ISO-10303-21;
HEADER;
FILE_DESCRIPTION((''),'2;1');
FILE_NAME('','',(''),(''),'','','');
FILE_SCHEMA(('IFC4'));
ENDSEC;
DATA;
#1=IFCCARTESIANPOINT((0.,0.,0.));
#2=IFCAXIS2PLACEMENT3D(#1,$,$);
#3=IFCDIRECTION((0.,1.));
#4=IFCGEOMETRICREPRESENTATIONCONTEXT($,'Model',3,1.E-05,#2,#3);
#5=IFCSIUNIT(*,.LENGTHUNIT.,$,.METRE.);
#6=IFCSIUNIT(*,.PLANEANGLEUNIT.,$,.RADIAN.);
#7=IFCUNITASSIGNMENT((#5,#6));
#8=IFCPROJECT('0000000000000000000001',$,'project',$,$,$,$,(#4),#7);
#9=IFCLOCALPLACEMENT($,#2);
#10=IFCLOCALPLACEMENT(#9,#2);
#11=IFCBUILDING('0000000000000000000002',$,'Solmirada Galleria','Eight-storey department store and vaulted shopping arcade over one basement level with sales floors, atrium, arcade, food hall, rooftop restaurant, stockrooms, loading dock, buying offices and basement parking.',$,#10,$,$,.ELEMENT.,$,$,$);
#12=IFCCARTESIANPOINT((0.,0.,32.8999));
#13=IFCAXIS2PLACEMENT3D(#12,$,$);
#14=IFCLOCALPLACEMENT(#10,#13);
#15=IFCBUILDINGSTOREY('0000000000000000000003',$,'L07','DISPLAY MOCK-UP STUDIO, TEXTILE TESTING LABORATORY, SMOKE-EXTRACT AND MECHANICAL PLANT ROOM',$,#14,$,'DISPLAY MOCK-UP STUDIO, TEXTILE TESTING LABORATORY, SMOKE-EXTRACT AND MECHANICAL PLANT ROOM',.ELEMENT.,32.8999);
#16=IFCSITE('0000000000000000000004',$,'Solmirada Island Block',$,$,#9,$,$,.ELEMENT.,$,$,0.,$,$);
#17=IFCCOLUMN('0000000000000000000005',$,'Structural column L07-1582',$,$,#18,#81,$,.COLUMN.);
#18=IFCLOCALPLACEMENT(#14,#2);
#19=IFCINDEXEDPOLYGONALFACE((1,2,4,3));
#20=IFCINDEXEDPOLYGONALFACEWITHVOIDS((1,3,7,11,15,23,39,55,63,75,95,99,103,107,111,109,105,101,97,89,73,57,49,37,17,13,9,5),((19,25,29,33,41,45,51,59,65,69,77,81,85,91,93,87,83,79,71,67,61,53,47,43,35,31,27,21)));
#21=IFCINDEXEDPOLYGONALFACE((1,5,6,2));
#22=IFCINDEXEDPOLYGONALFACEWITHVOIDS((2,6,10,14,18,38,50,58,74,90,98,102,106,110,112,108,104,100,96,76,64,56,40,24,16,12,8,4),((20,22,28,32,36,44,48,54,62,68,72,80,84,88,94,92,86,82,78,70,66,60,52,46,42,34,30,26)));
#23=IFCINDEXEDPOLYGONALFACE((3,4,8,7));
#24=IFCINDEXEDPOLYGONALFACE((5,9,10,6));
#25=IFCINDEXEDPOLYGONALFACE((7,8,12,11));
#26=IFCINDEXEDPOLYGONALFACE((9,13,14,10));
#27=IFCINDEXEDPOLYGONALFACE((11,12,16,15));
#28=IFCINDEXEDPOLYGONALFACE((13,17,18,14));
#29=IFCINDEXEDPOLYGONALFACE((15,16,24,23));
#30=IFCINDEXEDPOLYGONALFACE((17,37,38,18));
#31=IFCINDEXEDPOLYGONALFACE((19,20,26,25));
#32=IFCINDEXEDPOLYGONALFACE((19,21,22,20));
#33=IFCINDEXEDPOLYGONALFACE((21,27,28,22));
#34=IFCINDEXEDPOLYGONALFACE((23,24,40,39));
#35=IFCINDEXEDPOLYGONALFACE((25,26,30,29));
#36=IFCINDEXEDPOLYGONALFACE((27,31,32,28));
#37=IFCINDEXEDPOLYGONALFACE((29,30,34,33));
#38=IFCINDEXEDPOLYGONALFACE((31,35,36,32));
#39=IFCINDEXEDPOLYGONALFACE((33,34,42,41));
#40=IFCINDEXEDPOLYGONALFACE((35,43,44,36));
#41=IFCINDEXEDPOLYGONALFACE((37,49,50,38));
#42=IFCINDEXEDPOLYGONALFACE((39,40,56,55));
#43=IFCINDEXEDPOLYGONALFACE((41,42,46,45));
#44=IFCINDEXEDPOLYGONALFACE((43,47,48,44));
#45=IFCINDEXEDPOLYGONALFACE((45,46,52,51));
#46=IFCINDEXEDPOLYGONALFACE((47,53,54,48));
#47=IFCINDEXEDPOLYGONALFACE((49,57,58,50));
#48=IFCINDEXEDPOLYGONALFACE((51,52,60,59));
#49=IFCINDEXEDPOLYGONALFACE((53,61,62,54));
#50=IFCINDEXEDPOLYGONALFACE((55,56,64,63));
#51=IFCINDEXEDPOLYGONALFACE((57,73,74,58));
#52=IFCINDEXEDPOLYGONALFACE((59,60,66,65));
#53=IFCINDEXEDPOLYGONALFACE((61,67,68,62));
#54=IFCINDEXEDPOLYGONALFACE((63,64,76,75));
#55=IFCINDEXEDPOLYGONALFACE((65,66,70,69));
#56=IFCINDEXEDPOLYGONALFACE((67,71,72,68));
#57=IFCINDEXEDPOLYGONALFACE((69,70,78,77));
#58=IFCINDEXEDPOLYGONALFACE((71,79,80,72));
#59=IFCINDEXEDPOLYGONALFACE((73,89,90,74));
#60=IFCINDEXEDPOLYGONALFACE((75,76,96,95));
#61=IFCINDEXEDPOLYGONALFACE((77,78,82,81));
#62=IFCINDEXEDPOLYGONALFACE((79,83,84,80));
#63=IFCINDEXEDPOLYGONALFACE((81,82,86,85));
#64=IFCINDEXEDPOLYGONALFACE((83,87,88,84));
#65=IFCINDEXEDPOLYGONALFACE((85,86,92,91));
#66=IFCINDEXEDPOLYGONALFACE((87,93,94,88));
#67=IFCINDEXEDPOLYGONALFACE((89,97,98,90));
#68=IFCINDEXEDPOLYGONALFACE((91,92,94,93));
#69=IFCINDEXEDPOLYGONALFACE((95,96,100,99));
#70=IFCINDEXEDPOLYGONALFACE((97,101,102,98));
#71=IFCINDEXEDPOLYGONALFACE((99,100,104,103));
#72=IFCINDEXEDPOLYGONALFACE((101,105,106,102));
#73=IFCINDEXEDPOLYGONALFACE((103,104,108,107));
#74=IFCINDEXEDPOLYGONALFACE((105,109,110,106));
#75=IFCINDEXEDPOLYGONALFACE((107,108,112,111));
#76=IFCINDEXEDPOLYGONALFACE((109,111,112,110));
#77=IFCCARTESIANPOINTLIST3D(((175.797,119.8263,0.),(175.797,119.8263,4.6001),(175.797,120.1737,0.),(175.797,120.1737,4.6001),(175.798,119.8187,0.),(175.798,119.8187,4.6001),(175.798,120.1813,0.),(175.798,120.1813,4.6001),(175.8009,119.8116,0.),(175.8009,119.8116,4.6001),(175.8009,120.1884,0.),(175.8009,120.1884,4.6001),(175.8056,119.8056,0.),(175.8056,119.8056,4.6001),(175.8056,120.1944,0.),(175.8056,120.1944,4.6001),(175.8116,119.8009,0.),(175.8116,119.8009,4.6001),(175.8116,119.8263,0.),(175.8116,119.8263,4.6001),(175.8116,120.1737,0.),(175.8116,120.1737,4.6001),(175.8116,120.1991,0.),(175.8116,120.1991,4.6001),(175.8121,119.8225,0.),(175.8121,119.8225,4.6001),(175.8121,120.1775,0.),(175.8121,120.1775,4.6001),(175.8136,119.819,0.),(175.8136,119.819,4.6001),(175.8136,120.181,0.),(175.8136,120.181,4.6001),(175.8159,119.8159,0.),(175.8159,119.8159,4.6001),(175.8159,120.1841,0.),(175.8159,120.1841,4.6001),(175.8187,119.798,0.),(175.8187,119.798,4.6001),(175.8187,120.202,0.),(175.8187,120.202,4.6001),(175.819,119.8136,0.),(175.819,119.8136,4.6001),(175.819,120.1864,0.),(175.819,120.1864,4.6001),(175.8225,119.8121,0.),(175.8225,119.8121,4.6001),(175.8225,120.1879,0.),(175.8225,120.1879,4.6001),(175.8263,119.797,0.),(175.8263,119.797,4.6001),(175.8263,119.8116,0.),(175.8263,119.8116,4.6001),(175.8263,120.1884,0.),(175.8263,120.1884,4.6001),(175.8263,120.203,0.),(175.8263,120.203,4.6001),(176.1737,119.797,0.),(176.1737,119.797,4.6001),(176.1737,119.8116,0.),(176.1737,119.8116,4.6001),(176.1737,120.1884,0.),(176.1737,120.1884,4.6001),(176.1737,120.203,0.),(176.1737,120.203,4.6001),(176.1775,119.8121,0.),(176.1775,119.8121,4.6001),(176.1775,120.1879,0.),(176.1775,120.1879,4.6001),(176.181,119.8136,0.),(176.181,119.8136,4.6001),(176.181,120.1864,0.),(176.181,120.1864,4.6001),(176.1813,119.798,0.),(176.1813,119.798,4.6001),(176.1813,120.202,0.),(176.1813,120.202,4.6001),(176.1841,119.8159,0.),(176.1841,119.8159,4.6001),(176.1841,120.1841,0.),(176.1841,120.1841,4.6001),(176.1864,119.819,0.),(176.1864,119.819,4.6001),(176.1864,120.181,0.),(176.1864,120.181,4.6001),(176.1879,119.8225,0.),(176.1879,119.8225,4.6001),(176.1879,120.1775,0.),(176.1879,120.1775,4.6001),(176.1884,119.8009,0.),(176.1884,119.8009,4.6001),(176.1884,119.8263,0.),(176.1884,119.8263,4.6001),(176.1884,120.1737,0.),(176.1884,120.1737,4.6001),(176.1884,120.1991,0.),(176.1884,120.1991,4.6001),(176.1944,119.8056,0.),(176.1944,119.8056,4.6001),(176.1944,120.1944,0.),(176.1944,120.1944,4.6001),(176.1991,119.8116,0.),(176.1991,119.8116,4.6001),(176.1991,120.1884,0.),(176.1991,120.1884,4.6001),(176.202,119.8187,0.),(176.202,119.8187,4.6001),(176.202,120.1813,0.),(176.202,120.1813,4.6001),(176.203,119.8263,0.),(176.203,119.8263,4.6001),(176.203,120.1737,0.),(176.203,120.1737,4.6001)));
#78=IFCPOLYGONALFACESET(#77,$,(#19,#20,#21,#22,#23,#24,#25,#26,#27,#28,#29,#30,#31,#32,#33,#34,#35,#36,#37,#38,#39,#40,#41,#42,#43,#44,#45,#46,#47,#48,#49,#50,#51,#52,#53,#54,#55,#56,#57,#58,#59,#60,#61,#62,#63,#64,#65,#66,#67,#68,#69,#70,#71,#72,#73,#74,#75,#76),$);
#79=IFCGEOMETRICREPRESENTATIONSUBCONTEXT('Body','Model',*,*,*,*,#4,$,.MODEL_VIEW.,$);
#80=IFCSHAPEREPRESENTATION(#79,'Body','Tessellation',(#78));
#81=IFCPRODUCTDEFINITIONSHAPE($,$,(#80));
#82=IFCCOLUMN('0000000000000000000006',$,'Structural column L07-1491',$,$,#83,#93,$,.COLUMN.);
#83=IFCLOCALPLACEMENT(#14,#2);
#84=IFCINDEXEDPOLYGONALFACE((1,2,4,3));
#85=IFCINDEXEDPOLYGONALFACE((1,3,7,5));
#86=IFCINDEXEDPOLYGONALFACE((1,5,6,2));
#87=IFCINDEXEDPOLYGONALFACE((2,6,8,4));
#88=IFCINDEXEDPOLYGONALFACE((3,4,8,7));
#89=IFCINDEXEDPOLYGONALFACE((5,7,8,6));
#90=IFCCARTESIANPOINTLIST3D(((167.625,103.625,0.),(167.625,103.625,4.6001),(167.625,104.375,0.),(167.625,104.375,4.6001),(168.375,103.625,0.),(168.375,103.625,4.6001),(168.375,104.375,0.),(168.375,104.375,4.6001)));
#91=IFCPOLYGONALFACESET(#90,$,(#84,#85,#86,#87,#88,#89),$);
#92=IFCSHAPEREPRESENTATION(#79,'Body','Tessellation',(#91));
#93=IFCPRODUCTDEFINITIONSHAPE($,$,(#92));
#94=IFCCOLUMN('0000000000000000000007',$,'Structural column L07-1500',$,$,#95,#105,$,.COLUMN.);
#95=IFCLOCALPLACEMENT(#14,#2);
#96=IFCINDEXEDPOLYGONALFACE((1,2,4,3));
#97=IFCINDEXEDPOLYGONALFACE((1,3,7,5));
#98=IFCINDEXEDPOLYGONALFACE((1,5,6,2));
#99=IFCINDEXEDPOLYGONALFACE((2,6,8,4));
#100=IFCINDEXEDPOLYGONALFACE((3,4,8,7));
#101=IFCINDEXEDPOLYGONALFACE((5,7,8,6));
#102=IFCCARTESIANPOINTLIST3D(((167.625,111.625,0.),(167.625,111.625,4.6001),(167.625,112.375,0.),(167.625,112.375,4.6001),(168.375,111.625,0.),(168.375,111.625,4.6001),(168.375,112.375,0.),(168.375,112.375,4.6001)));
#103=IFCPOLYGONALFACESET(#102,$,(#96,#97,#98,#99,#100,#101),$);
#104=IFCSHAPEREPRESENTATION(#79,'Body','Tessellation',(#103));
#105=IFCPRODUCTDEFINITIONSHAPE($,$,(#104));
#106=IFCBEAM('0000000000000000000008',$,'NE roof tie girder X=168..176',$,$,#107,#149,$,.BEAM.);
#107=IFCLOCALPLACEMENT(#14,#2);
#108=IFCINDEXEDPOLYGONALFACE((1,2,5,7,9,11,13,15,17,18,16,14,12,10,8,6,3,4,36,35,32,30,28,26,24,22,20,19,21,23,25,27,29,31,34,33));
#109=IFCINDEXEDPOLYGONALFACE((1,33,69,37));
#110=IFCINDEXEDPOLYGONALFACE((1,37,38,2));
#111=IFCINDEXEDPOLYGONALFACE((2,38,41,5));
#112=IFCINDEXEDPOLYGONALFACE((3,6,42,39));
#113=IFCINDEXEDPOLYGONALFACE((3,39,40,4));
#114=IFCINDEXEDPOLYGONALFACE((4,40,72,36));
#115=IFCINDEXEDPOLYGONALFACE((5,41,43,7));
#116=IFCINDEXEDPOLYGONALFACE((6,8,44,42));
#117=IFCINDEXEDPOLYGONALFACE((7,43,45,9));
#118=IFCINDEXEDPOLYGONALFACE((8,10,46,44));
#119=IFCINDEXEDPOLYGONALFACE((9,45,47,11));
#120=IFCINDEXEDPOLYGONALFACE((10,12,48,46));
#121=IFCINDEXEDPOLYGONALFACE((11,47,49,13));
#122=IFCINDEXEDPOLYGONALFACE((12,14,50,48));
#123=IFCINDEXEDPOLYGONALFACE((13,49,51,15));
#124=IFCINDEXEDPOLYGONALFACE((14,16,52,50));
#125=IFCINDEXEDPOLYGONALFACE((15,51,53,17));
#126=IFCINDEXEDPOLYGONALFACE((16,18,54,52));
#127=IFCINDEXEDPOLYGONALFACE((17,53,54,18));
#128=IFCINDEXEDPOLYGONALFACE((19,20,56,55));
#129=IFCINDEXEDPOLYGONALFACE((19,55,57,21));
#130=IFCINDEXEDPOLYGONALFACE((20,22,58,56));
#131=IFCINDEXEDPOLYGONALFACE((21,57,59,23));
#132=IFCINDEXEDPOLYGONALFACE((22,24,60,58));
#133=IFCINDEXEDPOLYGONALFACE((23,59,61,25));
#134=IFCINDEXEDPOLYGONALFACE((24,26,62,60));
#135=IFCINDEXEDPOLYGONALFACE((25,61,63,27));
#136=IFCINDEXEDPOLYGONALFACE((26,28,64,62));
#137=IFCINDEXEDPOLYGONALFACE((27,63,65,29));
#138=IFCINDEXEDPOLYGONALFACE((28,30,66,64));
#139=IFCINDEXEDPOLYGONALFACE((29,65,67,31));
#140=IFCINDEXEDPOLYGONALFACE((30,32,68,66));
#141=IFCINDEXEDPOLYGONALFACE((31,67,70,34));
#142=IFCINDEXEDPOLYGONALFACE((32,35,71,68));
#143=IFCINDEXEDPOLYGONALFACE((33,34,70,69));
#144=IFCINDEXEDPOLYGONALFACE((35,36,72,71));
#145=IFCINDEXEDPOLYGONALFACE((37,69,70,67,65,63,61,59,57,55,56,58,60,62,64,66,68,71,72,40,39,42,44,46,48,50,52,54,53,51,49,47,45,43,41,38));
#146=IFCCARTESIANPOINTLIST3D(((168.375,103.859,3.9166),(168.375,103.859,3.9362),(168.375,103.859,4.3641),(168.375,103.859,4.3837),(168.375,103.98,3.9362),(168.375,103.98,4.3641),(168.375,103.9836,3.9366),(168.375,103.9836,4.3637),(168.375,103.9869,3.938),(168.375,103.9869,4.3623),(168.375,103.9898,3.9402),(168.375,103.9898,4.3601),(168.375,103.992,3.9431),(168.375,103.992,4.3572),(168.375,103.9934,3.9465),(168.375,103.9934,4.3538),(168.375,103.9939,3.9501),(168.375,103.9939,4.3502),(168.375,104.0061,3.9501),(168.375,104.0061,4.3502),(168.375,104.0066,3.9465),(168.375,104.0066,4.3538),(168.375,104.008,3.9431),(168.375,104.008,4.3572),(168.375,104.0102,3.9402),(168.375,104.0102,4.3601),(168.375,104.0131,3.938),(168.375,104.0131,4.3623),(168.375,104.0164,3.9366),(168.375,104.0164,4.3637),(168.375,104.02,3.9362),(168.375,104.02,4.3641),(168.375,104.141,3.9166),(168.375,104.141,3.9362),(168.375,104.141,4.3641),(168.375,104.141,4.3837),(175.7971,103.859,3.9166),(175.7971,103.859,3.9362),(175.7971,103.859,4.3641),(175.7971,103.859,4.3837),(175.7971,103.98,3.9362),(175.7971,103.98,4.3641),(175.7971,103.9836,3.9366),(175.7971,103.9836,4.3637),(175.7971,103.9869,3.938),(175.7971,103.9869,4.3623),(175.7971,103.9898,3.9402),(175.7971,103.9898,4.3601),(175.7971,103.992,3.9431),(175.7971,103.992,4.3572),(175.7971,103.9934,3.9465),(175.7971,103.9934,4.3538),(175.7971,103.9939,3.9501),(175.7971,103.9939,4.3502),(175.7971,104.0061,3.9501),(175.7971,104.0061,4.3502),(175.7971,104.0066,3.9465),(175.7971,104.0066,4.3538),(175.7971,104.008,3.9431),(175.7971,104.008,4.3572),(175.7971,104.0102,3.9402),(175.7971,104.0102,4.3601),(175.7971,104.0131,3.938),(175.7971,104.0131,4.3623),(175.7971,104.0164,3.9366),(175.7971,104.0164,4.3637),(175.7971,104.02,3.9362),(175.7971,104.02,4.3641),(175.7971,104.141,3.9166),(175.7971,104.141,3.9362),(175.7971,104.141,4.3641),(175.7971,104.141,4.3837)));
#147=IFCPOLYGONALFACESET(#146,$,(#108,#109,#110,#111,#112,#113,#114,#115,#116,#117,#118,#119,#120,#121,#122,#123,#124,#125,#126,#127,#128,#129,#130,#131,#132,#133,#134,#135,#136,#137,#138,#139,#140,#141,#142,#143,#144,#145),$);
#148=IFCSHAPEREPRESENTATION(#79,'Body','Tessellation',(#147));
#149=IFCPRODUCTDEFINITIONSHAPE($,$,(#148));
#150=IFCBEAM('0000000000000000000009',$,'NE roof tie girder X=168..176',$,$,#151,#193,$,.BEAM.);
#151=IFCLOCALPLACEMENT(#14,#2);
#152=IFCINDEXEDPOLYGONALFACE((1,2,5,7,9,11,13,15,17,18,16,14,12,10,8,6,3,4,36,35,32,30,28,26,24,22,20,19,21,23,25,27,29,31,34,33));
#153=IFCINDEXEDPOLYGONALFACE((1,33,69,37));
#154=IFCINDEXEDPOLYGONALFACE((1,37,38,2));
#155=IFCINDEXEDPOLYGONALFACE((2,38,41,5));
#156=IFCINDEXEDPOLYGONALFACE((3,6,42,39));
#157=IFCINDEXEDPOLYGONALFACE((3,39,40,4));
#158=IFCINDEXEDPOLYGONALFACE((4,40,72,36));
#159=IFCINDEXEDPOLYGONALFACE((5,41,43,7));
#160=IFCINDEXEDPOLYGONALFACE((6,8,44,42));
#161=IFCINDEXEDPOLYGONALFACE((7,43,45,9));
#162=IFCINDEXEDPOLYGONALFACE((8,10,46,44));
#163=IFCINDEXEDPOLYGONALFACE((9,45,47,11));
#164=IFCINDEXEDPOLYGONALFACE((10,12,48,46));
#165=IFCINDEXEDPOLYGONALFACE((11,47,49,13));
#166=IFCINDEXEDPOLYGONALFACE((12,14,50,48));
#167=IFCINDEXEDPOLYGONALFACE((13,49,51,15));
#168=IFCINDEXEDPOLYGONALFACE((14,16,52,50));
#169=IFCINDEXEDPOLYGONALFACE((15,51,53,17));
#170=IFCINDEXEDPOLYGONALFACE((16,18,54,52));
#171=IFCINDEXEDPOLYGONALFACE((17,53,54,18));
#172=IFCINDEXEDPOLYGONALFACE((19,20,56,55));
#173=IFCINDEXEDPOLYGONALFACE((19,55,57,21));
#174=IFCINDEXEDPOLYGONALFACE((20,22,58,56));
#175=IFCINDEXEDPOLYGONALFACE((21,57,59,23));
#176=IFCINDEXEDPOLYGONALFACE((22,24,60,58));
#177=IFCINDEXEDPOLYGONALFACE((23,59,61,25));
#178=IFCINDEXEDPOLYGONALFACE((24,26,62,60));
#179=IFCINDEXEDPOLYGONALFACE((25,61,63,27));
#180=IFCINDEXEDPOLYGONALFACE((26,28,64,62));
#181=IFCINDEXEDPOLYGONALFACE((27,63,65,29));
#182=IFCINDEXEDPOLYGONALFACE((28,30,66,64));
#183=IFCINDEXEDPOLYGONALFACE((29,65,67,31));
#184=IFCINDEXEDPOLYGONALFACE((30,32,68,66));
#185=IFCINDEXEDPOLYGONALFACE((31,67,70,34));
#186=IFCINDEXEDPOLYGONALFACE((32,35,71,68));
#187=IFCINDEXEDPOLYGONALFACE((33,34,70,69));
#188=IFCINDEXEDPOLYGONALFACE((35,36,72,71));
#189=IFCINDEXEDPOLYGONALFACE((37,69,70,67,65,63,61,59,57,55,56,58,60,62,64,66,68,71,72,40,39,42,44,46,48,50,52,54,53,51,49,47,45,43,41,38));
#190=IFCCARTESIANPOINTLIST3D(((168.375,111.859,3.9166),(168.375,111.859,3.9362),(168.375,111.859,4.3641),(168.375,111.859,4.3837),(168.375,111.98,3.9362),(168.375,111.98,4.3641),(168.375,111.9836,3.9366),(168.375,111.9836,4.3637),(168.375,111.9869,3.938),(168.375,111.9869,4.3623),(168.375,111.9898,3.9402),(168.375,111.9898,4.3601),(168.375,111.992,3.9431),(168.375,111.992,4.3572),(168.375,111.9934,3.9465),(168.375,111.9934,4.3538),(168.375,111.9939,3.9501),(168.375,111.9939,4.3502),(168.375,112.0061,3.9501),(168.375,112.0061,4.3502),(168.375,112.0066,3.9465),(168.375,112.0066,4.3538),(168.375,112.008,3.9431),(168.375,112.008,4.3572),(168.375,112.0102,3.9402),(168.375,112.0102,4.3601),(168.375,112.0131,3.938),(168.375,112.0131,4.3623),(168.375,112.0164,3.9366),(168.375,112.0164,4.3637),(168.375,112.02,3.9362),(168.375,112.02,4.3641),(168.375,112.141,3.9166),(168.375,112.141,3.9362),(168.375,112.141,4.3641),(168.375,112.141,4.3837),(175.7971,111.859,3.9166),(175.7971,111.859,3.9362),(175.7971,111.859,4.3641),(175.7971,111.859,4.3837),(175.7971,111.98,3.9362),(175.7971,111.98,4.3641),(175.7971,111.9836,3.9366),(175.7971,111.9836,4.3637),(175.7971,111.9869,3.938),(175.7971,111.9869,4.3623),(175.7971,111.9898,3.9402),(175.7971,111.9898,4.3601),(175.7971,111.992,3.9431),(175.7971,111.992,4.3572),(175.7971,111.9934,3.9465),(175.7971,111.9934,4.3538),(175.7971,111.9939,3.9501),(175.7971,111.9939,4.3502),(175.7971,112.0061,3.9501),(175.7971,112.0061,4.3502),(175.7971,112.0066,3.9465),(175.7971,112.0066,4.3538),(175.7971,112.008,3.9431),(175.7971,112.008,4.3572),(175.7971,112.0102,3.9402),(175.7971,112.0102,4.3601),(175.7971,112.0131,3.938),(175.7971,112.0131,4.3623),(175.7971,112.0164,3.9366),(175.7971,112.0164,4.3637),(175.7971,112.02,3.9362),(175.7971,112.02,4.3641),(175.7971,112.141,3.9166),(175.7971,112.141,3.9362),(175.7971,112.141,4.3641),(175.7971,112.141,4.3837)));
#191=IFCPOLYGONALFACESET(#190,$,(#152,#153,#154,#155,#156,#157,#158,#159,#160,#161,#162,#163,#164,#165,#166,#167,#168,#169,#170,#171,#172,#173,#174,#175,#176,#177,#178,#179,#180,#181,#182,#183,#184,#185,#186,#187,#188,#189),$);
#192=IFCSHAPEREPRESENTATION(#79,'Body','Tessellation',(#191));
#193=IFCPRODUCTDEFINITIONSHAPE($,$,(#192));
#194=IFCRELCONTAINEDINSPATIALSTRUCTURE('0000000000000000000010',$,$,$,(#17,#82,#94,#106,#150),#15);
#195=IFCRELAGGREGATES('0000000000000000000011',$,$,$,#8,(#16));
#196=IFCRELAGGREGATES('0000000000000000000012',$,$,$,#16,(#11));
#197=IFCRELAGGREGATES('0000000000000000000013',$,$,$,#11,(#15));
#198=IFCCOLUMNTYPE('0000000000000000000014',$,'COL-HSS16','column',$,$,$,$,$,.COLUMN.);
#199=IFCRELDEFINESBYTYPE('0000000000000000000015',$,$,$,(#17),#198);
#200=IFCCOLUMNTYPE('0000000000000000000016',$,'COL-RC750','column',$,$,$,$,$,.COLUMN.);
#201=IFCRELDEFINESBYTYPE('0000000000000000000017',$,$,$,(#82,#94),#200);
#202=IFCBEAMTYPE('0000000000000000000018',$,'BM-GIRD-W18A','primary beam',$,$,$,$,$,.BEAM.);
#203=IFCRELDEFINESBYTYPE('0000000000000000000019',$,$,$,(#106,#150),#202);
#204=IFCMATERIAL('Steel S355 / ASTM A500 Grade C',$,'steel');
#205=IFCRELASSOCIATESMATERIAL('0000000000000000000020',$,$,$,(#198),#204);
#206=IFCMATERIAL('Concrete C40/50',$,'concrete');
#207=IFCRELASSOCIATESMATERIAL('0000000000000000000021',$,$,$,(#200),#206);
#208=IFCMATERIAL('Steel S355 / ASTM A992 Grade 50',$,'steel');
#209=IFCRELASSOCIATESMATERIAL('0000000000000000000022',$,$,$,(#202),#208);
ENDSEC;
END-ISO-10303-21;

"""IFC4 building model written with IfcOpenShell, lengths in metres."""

from ifc_helpers import new_model, si_unit, direction, frame, origin, origin_2d, place, context, subcontext, project, spatial, rectangle, hollow_rectangle, i_section, extrude, material, material_profile, profile_set, type_object, element, save


model = new_model("IFC4")

# Units and contexts
model_context = context("Model", 3, precision=1e-05, world=origin(), true_north=direction((0.0, 1.0)))
body_context = subcontext(model_context, "Body", "Model", "MODEL_VIEW")
ifc_project = project(units=[si_unit("LENGTHUNIT", "METRE"), si_unit("PLANEANGLEUNIT", "RADIAN")], contexts=[model_context])

# Site, building, storey
site_placement = place(None, origin())
site = spatial("IfcSite", under=ifc_project, at=site_placement, Name="Solmirada Island Block", CompositionType="ELEMENT", RefElevation=0.0)
building_placement = place(site_placement, origin())
building = spatial("IfcBuilding", under=site, at=building_placement, Name="Solmirada Galleria", Description="Eight-storey department store and vaulted shopping arcade over one basement level with sales floors, atrium, arcade, food hall, rooftop restaurant, stockrooms, loading dock, buying offices and basement parking.", CompositionType="ELEMENT")
storey_placement = place(building_placement, frame((0.0, 0.0, 32.8999)))
storey = spatial("IfcBuildingStorey", under=building, at=storey_placement, Name="L07", Description="DISPLAY MOCK-UP STUDIO, TEXTILE TESTING LABORATORY, SMOKE-EXTRACT AND MECHANICAL PLANT ROOM", LongName="DISPLAY MOCK-UP STUDIO, TEXTILE TESTING LABORATORY, SMOKE-EXTRACT AND MECHANICAL PLANT ROOM", CompositionType="ELEMENT", Elevation=32.8999)

# Columns
ifc_material_1 = material(Name="Steel S355 / ASTM A500 Grade C", Category="steel")
ifc_material_profile_1 = material_profile(ifc_material_1, hollow_rectangle(XDim=0.406, YDim=0.406, WallThickness=0.0146, InnerFilletRadius=0.0146, OuterFilletRadius=0.0293, at=origin_2d()), Name="HSS16X16X5/8")
ifc_profile_set_1 = profile_set([ifc_material_profile_1], Name="Steel S355 / ASTM A500 Grade C")
column_type_1 = type_object("IfcColumnType", Name="COL-HSS16", Description="column", PredefinedType="COLUMN", material=ifc_profile_set_1)
for number, where, z_axis, x_axis, name in (
    (1, (176.0, 120.0, 0.0), (0.0, 0.0, 1.0), (1.0, 0.0, 0.0), "Structural column L07-1582"),
):
    element("IfcColumn", number, at=place(storey_placement, frame(where, z_axis=z_axis, x_axis=x_axis)), inside=storey, type_object=column_type_1, Name=name, PredefinedType="COLUMN", context=body_context, shape_type="SweptSolid", body=[
        extrude(hollow_rectangle(XDim=0.406, YDim=0.406, WallThickness=0.0146, InnerFilletRadius=0.0146, OuterFilletRadius=0.0293, at=origin_2d()), origin(), (0.0, 0.0, 1.0), 4.6001),
    ])
ifc_material_2 = material(Name="Concrete C40/50", Category="concrete")
ifc_material_profile_2 = material_profile(ifc_material_2, rectangle(XDim=0.75, YDim=0.75, at=origin_2d()), Name="RC750X750")
ifc_profile_set_2 = profile_set([ifc_material_profile_2], Name="Concrete C40/50")
column_type_2 = type_object("IfcColumnType", Name="COL-RC750", Description="column", PredefinedType="COLUMN", material=ifc_profile_set_2)
for number, where, z_axis, x_axis, name in (
    (2, (168.0, 104.0, 0.0), (0.0, 0.0, 1.0), (1.0, 0.0, 0.0), "Structural column L07-1491"),
    (3, (168.0, 112.0, 0.0), (0.0, 0.0, 1.0), (1.0, 0.0, 0.0), "Structural column L07-1500"),
):
    element("IfcColumn", number, at=place(storey_placement, frame(where, z_axis=z_axis, x_axis=x_axis)), inside=storey, type_object=column_type_2, Name=name, PredefinedType="COLUMN", context=body_context, shape_type="SweptSolid", body=[
        extrude(rectangle(XDim=0.75, YDim=0.75, at=origin_2d()), origin(), (0.0, 0.0, 1.0), 4.6001),
    ])

# Beams
ifc_material_3 = material(Name="Steel S355 / ASTM A992 Grade 50", Category="steel")
ifc_material_profile_3 = material_profile(ifc_material_3, i_section(OverallWidth=0.282, OverallDepth=0.467, WebThickness=0.0122, FlangeThickness=0.0195, FilletRadius=0.0139, at=origin_2d()), Name="W18X86")
ifc_profile_set_3 = profile_set([ifc_material_profile_3], Name="Steel S355 / ASTM A992 Grade 50")
beam_type = type_object("IfcBeamType", Name="BM-GIRD-W18A", Description="primary beam", PredefinedType="BEAM", material=ifc_profile_set_3)
for number, where, z_axis, x_axis, name in (
    (4, (168.375, 104.0, 4.1501), (1.0, 0.0, 0.0), (0.0, 1.0, 0.0), "NE roof tie girder X=168..176"),
    (5, (168.375, 112.0, 4.1501), (1.0, 0.0, 0.0), (0.0, 1.0, 0.0), "NE roof tie girder X=168..176"),
):
    element("IfcBeam", number, at=place(storey_placement, frame(where, z_axis=z_axis, x_axis=x_axis)), inside=storey, type_object=beam_type, Name=name, PredefinedType="BEAM", context=body_context, shape_type="SweptSolid", body=[
        extrude(i_section(OverallWidth=0.282, OverallDepth=0.467, WebThickness=0.0122, FlangeThickness=0.0195, FilletRadius=0.0139, at=origin_2d()), origin(), (0.0, 0.0, 1.0), 7.4221),
    ])

save(model, "model.ifc")
